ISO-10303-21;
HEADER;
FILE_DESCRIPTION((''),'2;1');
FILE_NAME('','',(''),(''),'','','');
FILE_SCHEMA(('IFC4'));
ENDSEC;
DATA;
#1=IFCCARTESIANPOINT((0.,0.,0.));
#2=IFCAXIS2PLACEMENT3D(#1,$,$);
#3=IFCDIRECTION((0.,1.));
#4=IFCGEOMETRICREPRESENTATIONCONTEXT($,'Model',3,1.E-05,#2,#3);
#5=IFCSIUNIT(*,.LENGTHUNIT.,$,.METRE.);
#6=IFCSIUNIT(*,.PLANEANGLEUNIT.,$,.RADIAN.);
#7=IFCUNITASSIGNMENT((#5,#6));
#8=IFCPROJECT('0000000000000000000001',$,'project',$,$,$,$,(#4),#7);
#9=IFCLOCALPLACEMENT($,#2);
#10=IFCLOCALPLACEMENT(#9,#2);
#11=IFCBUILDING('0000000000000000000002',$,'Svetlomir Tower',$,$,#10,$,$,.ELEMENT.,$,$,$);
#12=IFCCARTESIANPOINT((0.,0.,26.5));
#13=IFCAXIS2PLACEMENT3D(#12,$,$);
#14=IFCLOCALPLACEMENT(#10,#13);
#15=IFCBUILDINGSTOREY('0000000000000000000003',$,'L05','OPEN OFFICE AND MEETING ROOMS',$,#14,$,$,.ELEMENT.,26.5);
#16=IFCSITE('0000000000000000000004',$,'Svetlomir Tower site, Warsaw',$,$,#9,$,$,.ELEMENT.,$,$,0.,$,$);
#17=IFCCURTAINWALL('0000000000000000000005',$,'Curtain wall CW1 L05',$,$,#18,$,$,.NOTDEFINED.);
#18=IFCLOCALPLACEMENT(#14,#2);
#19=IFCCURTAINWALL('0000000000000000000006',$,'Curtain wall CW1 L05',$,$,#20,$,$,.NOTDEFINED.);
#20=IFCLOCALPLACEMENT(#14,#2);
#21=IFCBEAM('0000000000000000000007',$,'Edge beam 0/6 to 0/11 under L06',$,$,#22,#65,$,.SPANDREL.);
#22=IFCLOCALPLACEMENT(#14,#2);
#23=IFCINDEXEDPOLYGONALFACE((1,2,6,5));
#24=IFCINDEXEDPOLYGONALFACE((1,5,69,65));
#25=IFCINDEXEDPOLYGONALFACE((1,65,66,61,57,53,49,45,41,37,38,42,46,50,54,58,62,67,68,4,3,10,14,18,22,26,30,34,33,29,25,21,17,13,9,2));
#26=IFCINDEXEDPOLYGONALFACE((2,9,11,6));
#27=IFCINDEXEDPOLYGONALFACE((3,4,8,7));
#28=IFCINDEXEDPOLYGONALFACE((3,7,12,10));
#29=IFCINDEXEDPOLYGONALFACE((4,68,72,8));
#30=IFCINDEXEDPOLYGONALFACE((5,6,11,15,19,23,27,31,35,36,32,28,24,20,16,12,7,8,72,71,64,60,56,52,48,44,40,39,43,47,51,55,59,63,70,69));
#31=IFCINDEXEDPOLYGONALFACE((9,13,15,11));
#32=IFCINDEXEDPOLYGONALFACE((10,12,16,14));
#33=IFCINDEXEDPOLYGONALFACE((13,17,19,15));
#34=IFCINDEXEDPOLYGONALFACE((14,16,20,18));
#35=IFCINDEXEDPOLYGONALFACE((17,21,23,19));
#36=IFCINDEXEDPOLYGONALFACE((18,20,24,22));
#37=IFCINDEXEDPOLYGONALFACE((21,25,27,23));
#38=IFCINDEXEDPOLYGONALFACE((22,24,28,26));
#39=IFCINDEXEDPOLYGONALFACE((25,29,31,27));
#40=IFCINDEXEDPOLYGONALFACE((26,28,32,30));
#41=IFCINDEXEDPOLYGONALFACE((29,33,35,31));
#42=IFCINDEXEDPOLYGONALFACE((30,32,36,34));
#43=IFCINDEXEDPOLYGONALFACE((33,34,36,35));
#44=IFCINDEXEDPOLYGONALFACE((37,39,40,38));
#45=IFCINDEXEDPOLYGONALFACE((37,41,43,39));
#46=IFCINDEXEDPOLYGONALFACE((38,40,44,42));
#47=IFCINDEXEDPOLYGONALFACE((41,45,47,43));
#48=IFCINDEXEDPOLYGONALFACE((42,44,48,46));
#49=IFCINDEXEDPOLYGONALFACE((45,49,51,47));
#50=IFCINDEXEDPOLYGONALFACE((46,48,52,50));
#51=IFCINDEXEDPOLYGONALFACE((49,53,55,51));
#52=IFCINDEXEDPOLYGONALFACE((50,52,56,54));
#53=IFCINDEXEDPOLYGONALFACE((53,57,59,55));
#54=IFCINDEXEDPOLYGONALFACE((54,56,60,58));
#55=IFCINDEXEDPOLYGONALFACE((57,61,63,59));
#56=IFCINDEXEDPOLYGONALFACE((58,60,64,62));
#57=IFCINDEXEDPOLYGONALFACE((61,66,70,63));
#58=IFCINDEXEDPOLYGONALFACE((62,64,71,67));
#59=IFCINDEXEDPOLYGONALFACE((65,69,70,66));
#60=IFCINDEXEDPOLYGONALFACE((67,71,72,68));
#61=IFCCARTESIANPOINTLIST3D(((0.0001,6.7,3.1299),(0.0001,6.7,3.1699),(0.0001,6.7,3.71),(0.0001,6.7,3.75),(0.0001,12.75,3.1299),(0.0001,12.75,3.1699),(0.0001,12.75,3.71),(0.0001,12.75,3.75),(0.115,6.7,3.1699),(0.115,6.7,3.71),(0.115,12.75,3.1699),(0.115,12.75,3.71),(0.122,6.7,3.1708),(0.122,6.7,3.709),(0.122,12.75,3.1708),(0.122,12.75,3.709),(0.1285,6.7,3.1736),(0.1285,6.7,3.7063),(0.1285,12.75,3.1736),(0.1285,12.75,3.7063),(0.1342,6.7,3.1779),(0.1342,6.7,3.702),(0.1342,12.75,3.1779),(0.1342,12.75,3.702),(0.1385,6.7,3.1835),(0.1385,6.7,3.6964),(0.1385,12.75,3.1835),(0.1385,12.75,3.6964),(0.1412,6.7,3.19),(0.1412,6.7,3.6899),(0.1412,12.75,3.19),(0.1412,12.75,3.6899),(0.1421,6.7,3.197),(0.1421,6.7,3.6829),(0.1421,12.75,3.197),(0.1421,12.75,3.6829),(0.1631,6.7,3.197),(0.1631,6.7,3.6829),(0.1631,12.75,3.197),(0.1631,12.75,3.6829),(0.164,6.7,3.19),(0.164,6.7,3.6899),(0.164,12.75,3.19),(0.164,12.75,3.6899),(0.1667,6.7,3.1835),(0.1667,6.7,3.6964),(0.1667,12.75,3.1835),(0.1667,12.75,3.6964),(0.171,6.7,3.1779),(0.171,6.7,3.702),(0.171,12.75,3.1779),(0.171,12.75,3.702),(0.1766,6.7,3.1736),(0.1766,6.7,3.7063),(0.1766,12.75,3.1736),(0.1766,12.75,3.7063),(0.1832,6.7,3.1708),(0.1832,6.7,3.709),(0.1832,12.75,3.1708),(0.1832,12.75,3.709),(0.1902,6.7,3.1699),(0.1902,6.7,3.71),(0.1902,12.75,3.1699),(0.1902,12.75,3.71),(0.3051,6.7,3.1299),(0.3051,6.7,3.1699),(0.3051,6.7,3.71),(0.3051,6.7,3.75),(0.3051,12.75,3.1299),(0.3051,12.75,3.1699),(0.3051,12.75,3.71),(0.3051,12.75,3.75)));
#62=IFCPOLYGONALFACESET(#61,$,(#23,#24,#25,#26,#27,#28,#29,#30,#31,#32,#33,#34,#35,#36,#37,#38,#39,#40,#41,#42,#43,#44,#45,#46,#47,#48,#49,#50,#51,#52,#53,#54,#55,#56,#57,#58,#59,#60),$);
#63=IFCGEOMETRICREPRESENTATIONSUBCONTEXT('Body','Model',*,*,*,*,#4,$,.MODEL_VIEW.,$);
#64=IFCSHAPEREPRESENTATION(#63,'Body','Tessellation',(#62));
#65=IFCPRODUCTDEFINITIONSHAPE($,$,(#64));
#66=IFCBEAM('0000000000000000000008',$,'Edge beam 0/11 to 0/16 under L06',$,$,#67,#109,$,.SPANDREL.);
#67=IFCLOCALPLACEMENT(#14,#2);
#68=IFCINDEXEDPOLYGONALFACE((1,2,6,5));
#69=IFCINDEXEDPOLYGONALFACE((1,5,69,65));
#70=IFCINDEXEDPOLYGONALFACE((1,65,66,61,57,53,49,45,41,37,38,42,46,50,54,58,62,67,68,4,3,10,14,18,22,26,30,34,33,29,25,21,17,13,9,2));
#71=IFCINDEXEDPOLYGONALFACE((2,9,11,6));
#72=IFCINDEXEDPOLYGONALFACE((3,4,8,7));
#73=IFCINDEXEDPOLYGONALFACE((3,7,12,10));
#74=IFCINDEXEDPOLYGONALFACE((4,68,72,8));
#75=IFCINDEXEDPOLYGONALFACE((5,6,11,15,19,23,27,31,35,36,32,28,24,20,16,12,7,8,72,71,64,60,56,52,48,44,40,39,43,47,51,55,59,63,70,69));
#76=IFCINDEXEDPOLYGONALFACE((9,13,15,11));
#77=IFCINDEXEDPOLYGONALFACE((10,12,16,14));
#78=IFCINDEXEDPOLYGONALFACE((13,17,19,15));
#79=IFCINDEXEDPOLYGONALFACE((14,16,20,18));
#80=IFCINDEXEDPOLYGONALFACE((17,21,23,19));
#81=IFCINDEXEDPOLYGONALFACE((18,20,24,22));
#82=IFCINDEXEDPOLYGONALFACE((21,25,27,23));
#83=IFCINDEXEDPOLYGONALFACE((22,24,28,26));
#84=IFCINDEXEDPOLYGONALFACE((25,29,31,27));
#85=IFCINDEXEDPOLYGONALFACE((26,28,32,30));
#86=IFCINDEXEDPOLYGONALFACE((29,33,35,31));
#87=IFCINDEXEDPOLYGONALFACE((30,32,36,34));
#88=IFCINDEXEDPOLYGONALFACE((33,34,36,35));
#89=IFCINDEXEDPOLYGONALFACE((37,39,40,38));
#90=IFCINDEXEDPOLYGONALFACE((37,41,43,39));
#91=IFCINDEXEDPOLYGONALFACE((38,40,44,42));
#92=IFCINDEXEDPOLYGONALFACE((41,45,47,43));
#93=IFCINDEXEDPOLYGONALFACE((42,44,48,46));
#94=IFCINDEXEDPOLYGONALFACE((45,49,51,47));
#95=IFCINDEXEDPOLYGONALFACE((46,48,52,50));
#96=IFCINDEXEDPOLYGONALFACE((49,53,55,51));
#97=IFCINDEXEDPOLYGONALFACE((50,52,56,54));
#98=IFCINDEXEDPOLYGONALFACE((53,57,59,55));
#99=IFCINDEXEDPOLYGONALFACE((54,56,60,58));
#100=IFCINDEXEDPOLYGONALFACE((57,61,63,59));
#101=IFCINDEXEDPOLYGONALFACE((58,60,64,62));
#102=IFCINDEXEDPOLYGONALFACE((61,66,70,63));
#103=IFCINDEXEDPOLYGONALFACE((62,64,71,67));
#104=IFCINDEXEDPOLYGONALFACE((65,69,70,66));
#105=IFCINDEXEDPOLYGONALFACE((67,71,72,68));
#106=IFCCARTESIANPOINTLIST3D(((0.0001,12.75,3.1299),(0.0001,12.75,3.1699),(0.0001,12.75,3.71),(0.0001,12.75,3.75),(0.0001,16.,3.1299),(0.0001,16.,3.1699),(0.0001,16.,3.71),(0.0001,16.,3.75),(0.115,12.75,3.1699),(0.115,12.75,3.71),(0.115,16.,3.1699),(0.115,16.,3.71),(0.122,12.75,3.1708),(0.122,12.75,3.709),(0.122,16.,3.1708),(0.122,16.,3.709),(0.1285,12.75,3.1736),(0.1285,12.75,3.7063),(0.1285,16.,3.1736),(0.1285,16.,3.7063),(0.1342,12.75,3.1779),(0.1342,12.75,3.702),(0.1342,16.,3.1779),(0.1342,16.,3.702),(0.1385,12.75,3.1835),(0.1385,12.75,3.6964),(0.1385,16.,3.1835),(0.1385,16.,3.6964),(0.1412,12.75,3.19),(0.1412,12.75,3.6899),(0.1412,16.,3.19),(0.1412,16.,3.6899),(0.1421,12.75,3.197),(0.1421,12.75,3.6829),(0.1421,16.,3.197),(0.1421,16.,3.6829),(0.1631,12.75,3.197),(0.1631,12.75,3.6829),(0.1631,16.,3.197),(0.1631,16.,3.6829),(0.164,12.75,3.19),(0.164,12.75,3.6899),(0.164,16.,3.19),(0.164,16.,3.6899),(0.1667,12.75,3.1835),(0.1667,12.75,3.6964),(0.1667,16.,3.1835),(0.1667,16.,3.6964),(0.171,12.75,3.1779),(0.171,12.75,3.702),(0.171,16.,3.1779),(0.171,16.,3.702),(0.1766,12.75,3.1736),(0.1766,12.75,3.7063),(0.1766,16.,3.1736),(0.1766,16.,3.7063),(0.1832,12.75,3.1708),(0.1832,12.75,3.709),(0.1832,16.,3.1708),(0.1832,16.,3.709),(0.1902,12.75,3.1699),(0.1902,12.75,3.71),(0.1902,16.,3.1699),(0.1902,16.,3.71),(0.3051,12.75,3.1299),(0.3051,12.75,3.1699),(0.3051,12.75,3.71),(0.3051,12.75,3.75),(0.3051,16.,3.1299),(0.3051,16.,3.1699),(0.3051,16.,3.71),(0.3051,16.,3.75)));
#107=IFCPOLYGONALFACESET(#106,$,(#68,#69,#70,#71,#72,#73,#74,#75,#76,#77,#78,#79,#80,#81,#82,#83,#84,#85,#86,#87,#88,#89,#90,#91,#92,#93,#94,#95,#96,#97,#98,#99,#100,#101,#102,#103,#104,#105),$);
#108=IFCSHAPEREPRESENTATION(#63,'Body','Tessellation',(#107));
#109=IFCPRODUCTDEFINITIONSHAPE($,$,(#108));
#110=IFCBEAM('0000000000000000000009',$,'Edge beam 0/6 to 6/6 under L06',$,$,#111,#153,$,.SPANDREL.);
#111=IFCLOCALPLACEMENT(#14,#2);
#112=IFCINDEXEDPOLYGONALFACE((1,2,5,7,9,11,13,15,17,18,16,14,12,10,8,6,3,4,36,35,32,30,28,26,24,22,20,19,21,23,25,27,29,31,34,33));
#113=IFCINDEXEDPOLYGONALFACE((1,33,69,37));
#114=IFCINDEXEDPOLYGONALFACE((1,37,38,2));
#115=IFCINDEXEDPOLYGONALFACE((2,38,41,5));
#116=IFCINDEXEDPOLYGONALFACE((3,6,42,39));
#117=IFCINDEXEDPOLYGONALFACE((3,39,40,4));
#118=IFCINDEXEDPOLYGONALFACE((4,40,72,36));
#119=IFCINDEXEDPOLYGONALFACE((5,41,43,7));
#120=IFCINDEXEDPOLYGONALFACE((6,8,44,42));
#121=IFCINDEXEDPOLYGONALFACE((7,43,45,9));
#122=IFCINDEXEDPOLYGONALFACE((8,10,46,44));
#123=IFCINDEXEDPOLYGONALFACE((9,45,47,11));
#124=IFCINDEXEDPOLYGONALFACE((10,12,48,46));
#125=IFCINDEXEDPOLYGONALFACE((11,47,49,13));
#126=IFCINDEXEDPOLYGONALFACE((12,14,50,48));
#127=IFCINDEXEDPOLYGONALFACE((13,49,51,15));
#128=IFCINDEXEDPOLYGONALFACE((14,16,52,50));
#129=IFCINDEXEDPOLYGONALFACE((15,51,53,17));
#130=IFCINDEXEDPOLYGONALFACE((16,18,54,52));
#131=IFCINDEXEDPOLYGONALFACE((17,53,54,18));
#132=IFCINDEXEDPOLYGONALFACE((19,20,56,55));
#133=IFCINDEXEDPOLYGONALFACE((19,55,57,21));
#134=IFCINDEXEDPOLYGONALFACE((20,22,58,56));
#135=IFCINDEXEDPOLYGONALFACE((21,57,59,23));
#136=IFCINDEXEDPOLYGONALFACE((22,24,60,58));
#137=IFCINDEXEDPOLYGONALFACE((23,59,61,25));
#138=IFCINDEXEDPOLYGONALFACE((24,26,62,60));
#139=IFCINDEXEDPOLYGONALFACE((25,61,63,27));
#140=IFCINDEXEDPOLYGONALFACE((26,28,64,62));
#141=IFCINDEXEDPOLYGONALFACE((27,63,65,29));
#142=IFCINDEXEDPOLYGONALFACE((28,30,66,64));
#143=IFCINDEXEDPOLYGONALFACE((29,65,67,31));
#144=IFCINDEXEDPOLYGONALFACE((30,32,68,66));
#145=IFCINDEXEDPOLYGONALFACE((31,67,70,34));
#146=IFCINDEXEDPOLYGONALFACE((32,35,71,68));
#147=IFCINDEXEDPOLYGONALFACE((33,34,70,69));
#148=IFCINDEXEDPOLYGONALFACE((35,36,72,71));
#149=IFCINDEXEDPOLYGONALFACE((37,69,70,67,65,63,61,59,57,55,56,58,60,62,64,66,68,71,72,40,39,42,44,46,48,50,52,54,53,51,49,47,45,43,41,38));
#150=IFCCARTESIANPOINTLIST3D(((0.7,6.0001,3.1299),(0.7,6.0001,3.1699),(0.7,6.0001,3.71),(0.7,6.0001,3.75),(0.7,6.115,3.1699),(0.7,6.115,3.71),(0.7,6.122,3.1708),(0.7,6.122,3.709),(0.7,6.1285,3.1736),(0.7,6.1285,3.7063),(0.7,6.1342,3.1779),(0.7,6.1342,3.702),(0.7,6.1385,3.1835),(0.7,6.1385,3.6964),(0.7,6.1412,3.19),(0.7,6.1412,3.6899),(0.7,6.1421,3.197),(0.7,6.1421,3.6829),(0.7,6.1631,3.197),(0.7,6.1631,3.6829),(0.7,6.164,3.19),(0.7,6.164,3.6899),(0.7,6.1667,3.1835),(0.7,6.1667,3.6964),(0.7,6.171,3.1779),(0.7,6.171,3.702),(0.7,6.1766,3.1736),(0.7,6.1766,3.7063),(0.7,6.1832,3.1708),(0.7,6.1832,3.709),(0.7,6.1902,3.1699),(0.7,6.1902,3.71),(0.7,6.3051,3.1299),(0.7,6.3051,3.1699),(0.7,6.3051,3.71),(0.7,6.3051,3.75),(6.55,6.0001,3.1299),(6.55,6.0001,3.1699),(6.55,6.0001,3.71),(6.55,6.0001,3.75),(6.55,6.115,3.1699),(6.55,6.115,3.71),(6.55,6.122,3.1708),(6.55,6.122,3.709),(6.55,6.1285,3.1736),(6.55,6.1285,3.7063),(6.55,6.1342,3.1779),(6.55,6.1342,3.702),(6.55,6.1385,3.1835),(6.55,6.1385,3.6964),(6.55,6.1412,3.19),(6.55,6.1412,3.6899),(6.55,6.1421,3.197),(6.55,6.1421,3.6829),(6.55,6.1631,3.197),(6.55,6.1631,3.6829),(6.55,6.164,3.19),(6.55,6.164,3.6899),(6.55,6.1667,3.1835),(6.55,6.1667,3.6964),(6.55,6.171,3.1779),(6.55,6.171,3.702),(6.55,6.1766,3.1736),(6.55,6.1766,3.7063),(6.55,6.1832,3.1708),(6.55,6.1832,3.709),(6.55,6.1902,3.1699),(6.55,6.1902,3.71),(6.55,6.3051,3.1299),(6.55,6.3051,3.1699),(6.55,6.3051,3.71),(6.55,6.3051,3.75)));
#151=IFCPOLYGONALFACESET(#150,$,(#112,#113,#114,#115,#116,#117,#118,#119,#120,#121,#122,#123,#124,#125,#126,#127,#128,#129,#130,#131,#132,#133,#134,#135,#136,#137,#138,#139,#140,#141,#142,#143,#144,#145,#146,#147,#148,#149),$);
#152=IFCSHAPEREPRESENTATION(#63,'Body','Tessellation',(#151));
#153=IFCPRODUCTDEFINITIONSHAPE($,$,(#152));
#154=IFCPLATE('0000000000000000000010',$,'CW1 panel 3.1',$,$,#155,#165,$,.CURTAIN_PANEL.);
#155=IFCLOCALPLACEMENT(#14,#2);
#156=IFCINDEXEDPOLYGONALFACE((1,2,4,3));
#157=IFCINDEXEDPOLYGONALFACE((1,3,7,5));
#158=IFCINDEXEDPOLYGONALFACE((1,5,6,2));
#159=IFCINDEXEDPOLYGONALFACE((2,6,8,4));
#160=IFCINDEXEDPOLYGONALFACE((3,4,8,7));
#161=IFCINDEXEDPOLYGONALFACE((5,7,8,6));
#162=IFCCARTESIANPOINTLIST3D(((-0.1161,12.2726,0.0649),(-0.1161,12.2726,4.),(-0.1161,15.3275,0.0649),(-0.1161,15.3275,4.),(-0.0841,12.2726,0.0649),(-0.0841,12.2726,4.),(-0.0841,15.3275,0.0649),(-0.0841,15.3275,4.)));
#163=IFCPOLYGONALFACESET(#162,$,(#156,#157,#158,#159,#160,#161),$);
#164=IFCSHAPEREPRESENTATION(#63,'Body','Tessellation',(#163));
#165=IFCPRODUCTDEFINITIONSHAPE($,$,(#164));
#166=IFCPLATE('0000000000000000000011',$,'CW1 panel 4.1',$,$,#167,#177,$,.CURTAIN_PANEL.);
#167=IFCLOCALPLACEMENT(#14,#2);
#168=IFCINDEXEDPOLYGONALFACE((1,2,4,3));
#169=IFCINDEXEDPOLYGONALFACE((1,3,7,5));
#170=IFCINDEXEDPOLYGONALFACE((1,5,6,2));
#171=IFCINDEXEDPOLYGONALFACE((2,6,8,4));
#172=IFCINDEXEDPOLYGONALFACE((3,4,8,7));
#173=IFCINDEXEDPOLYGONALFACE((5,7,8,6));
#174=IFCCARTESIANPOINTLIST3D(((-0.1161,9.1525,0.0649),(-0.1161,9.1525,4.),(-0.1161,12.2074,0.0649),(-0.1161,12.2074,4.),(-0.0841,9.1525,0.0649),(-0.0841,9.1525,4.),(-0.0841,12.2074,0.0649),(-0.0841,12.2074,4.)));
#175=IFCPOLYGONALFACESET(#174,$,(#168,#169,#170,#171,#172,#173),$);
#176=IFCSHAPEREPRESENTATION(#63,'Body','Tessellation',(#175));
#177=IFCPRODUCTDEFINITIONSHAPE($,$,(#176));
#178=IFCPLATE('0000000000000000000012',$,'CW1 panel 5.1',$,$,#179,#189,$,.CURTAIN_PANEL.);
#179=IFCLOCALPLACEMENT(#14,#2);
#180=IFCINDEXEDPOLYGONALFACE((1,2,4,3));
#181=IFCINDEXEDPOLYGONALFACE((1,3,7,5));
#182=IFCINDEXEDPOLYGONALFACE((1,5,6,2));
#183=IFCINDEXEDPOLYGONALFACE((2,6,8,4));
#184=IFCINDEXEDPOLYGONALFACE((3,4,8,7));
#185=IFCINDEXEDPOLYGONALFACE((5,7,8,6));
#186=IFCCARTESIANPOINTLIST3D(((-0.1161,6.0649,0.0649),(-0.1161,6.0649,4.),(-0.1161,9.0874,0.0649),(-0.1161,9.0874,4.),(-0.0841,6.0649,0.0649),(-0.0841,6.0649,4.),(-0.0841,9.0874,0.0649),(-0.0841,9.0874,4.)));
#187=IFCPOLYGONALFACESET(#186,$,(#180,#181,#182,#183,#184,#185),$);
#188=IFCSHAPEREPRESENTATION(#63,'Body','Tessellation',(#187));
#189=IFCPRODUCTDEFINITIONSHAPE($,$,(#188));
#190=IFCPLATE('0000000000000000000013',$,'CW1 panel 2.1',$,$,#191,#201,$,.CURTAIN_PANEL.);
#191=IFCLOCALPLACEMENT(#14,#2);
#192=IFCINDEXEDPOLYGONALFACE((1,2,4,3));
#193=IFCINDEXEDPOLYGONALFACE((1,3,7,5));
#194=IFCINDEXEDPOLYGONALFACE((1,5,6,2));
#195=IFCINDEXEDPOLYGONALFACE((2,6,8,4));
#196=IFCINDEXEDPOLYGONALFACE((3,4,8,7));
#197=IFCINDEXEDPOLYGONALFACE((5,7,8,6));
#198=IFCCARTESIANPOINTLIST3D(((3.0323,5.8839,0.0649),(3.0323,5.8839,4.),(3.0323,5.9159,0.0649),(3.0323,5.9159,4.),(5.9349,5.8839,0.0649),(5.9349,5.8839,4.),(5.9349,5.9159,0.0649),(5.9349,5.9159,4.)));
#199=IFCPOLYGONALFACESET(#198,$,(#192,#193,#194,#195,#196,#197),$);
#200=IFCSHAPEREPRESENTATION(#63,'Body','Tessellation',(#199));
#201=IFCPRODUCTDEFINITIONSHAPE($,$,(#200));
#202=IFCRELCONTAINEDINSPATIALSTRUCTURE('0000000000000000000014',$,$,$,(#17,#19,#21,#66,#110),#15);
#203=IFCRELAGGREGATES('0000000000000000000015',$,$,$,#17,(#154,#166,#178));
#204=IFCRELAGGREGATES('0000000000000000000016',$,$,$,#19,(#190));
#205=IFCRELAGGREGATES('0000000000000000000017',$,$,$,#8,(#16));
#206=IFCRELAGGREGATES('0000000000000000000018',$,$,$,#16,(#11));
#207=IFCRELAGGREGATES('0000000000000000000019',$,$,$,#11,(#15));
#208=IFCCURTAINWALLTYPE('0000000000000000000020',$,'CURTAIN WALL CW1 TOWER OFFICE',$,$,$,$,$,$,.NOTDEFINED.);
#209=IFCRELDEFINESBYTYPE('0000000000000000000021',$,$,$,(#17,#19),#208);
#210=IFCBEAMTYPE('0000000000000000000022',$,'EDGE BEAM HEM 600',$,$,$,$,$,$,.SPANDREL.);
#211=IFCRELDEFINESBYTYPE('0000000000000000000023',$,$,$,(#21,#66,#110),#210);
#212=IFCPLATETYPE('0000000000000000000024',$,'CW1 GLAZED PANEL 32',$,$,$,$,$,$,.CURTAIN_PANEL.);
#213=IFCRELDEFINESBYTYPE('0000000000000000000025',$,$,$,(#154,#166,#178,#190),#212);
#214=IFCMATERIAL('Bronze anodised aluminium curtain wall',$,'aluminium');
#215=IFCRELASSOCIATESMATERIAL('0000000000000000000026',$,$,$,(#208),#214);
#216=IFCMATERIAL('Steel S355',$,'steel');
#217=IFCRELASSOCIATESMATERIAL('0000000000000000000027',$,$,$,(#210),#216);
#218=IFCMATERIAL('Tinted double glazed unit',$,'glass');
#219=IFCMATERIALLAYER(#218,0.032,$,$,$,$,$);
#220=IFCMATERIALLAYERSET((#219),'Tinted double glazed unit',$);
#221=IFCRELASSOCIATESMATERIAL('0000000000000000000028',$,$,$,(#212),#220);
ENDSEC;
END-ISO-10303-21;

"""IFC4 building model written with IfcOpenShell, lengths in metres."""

from ifc_helpers import new_model, si_unit, direction, frame, origin, origin_2d, place, context, subcontext, project, spatial, rectangle, i_section, extrude, material, layer, layer_set, material_profile, profile_set, type_object, element, aggregate, save


model = new_model("IFC4")

# Units and contexts
model_context = context("Model", 3, precision=1e-05, world=origin(), true_north=direction((0.0, 1.0)))
body_context = subcontext(model_context, "Body", "Model", "MODEL_VIEW")
ifc_project = project(units=[si_unit("LENGTHUNIT", "METRE"), si_unit("PLANEANGLEUNIT", "RADIAN")], contexts=[model_context])

# Site, building, storey
site_placement = place(None, origin())
site = spatial("IfcSite", under=ifc_project, at=site_placement, Name="Svetlomir Tower site, Warsaw", CompositionType="ELEMENT", RefElevation=0.0)
building_placement = place(site_placement, origin())
building = spatial("IfcBuilding", under=site, at=building_placement, Name="Svetlomir Tower", CompositionType="ELEMENT")
storey_placement = place(building_placement, frame((0.0, 0.0, 26.5)))
storey = spatial("IfcBuildingStorey", under=building, at=storey_placement, Name="L05", Description="OPEN OFFICE AND MEETING ROOMS", CompositionType="ELEMENT", Elevation=26.5)

# Curtain wall
ifc_material_1 = material(Name="Bronze anodised aluminium curtain wall", Category="aluminium")
curtain_wall_type = type_object("IfcCurtainWallType", Name="CURTAIN WALL CW1 TOWER OFFICE", PredefinedType="NOTDEFINED", material=ifc_material_1)
curtain_wall_1_placement = place(storey_placement, origin())
curtain_wall_1 = element("IfcCurtainWall", 1, at=curtain_wall_1_placement, inside=storey, type_object=curtain_wall_type, Name="Curtain wall CW1 L05", PredefinedType="NOTDEFINED")

# Curtain wall
curtain_wall_2_placement = place(storey_placement, origin())
curtain_wall_2 = element("IfcCurtainWall", 2, at=curtain_wall_2_placement, inside=storey, type_object=curtain_wall_type, Name="Curtain wall CW1 L05", PredefinedType="NOTDEFINED")

# Beams
ifc_material_2 = material(Name="Steel S355", Category="steel")
ifc_material_profile_1 = material_profile(ifc_material_2, i_section(OverallWidth=0.3049, OverallDepth=0.6201, WebThickness=0.021, FlangeThickness=0.04, FilletRadius=0.0271, at=origin_2d()), Name="HEM 600")
ifc_profile_set_1 = profile_set([ifc_material_profile_1], Name="Steel S355")
beam_type = type_object("IfcBeamType", Name="EDGE BEAM HEM 600", PredefinedType="SPANDREL", material=ifc_profile_set_1)
beam_1_placement = place(storey_placement, frame((0.1526, 6.7, 3.4399), z_axis=(0.0, 1.0, 0.0), x_axis=(-1.0, 0.0, 0.0)))
element("IfcBeam", 3, at=beam_1_placement, inside=storey, type_object=beam_type, Name="Edge beam 0/6 to 0/11 under L06", PredefinedType="SPANDREL", context=body_context, shape_type="SweptSolid", body=[
    extrude(i_section(OverallWidth=0.3049, OverallDepth=0.6201, WebThickness=0.021, FlangeThickness=0.04, FilletRadius=0.0271, at=origin_2d()), origin(), (0.0, 0.0, 1.0), 6.05),
])
beam_2_placement = place(storey_placement, frame((0.1526, 12.75, 3.4399), z_axis=(0.0, 1.0, 0.0), x_axis=(-1.0, 0.0, 0.0)))
element("IfcBeam", 4, at=beam_2_placement, inside=storey, type_object=beam_type, Name="Edge beam 0/11 to 0/16 under L06", PredefinedType="SPANDREL", context=body_context, shape_type="SweptSolid", body=[
    extrude(i_section(OverallWidth=0.3049, OverallDepth=0.6201, WebThickness=0.021, FlangeThickness=0.04, FilletRadius=0.0271, at=origin_2d()), origin(), (0.0, 0.0, 1.0), 3.25),
])
beam_3_placement = place(storey_placement, frame((0.7, 6.1526, 3.4399), z_axis=(1.0, 0.0, 0.0), x_axis=(0.0, 1.0, 0.0)))
element("IfcBeam", 5, at=beam_3_placement, inside=storey, type_object=beam_type, Name="Edge beam 0/6 to 6/6 under L06", PredefinedType="SPANDREL", context=body_context, shape_type="SweptSolid", body=[
    extrude(i_section(OverallWidth=0.3049, OverallDepth=0.6201, WebThickness=0.021, FlangeThickness=0.04, FilletRadius=0.0271, at=origin_2d()), origin(), (0.0, 0.0, 1.0), 5.8501),
])

# Plates
ifc_material_3 = material(Name="Tinted double glazed unit", Category="glass")
ifc_layer_1 = layer(ifc_material_3, 0.032)
ifc_layer_set_1 = layer_set([ifc_layer_1], Name="Tinted double glazed unit")
plate_type = type_object("IfcPlateType", Name="CW1 GLAZED PANEL 32", PredefinedType="CURTAIN_PANEL", material=ifc_layer_set_1)
plate_1_placement = place(storey_placement, frame((-0.1001, 13.8, 0.0649), z_axis=(0.0, 0.0, 1.0), x_axis=(0.0, -1.0, 0.0)))
plate_1 = element("IfcPlate", 6, at=plate_1_placement, type_object=plate_type, Name="CW1 panel 3.1", PredefinedType="CURTAIN_PANEL", context=body_context, shape_type="SweptSolid", body=[
    extrude(rectangle(XDim=3.0549, YDim=0.032, at=origin_2d()), origin(), (0.0, 0.0, 1.0), 3.9351),
])
plate_2_placement = place(storey_placement, frame((-0.1001, 10.6799, 0.0649), z_axis=(0.0, 0.0, 1.0), x_axis=(0.0, -1.0, 0.0)))
plate_2 = element("IfcPlate", 7, at=plate_2_placement, type_object=plate_type, Name="CW1 panel 4.1", PredefinedType="CURTAIN_PANEL", context=body_context, shape_type="SweptSolid", body=[
    extrude(rectangle(XDim=3.0549, YDim=0.032, at=origin_2d()), origin(), (0.0, 0.0, 1.0), 3.9351),
])
plate_3_placement = place(storey_placement, frame((-0.1001, 7.5762, 0.0649), z_axis=(0.0, 0.0, 1.0), x_axis=(0.0, -1.0, 0.0)))
plate_3 = element("IfcPlate", 8, at=plate_3_placement, type_object=plate_type, Name="CW1 panel 5.1", PredefinedType="CURTAIN_PANEL", context=body_context, shape_type="SweptSolid", body=[
    extrude(rectangle(XDim=3.0225, YDim=0.032, at=origin_2d()), origin(), (0.0, 0.0, 1.0), 3.9351),
])
aggregate(curtain_wall_1, [plate_1, plate_2, plate_3])
plate_4_placement = place(storey_placement, frame((4.4836, 5.8999, 0.0649), z_axis=(0.0, 0.0, 1.0), x_axis=(1.0, 0.0, 0.0)))
plate_4 = element("IfcPlate", 9, at=plate_4_placement, type_object=plate_type, Name="CW1 panel 2.1", PredefinedType="CURTAIN_PANEL", context=body_context, shape_type="SweptSolid", body=[
    extrude(rectangle(XDim=2.9026, YDim=0.032, at=origin_2d()), origin(), (0.0, 0.0, 1.0), 3.9351),
])
aggregate(curtain_wall_2, [plate_4])

save(model, "model.ifc")
